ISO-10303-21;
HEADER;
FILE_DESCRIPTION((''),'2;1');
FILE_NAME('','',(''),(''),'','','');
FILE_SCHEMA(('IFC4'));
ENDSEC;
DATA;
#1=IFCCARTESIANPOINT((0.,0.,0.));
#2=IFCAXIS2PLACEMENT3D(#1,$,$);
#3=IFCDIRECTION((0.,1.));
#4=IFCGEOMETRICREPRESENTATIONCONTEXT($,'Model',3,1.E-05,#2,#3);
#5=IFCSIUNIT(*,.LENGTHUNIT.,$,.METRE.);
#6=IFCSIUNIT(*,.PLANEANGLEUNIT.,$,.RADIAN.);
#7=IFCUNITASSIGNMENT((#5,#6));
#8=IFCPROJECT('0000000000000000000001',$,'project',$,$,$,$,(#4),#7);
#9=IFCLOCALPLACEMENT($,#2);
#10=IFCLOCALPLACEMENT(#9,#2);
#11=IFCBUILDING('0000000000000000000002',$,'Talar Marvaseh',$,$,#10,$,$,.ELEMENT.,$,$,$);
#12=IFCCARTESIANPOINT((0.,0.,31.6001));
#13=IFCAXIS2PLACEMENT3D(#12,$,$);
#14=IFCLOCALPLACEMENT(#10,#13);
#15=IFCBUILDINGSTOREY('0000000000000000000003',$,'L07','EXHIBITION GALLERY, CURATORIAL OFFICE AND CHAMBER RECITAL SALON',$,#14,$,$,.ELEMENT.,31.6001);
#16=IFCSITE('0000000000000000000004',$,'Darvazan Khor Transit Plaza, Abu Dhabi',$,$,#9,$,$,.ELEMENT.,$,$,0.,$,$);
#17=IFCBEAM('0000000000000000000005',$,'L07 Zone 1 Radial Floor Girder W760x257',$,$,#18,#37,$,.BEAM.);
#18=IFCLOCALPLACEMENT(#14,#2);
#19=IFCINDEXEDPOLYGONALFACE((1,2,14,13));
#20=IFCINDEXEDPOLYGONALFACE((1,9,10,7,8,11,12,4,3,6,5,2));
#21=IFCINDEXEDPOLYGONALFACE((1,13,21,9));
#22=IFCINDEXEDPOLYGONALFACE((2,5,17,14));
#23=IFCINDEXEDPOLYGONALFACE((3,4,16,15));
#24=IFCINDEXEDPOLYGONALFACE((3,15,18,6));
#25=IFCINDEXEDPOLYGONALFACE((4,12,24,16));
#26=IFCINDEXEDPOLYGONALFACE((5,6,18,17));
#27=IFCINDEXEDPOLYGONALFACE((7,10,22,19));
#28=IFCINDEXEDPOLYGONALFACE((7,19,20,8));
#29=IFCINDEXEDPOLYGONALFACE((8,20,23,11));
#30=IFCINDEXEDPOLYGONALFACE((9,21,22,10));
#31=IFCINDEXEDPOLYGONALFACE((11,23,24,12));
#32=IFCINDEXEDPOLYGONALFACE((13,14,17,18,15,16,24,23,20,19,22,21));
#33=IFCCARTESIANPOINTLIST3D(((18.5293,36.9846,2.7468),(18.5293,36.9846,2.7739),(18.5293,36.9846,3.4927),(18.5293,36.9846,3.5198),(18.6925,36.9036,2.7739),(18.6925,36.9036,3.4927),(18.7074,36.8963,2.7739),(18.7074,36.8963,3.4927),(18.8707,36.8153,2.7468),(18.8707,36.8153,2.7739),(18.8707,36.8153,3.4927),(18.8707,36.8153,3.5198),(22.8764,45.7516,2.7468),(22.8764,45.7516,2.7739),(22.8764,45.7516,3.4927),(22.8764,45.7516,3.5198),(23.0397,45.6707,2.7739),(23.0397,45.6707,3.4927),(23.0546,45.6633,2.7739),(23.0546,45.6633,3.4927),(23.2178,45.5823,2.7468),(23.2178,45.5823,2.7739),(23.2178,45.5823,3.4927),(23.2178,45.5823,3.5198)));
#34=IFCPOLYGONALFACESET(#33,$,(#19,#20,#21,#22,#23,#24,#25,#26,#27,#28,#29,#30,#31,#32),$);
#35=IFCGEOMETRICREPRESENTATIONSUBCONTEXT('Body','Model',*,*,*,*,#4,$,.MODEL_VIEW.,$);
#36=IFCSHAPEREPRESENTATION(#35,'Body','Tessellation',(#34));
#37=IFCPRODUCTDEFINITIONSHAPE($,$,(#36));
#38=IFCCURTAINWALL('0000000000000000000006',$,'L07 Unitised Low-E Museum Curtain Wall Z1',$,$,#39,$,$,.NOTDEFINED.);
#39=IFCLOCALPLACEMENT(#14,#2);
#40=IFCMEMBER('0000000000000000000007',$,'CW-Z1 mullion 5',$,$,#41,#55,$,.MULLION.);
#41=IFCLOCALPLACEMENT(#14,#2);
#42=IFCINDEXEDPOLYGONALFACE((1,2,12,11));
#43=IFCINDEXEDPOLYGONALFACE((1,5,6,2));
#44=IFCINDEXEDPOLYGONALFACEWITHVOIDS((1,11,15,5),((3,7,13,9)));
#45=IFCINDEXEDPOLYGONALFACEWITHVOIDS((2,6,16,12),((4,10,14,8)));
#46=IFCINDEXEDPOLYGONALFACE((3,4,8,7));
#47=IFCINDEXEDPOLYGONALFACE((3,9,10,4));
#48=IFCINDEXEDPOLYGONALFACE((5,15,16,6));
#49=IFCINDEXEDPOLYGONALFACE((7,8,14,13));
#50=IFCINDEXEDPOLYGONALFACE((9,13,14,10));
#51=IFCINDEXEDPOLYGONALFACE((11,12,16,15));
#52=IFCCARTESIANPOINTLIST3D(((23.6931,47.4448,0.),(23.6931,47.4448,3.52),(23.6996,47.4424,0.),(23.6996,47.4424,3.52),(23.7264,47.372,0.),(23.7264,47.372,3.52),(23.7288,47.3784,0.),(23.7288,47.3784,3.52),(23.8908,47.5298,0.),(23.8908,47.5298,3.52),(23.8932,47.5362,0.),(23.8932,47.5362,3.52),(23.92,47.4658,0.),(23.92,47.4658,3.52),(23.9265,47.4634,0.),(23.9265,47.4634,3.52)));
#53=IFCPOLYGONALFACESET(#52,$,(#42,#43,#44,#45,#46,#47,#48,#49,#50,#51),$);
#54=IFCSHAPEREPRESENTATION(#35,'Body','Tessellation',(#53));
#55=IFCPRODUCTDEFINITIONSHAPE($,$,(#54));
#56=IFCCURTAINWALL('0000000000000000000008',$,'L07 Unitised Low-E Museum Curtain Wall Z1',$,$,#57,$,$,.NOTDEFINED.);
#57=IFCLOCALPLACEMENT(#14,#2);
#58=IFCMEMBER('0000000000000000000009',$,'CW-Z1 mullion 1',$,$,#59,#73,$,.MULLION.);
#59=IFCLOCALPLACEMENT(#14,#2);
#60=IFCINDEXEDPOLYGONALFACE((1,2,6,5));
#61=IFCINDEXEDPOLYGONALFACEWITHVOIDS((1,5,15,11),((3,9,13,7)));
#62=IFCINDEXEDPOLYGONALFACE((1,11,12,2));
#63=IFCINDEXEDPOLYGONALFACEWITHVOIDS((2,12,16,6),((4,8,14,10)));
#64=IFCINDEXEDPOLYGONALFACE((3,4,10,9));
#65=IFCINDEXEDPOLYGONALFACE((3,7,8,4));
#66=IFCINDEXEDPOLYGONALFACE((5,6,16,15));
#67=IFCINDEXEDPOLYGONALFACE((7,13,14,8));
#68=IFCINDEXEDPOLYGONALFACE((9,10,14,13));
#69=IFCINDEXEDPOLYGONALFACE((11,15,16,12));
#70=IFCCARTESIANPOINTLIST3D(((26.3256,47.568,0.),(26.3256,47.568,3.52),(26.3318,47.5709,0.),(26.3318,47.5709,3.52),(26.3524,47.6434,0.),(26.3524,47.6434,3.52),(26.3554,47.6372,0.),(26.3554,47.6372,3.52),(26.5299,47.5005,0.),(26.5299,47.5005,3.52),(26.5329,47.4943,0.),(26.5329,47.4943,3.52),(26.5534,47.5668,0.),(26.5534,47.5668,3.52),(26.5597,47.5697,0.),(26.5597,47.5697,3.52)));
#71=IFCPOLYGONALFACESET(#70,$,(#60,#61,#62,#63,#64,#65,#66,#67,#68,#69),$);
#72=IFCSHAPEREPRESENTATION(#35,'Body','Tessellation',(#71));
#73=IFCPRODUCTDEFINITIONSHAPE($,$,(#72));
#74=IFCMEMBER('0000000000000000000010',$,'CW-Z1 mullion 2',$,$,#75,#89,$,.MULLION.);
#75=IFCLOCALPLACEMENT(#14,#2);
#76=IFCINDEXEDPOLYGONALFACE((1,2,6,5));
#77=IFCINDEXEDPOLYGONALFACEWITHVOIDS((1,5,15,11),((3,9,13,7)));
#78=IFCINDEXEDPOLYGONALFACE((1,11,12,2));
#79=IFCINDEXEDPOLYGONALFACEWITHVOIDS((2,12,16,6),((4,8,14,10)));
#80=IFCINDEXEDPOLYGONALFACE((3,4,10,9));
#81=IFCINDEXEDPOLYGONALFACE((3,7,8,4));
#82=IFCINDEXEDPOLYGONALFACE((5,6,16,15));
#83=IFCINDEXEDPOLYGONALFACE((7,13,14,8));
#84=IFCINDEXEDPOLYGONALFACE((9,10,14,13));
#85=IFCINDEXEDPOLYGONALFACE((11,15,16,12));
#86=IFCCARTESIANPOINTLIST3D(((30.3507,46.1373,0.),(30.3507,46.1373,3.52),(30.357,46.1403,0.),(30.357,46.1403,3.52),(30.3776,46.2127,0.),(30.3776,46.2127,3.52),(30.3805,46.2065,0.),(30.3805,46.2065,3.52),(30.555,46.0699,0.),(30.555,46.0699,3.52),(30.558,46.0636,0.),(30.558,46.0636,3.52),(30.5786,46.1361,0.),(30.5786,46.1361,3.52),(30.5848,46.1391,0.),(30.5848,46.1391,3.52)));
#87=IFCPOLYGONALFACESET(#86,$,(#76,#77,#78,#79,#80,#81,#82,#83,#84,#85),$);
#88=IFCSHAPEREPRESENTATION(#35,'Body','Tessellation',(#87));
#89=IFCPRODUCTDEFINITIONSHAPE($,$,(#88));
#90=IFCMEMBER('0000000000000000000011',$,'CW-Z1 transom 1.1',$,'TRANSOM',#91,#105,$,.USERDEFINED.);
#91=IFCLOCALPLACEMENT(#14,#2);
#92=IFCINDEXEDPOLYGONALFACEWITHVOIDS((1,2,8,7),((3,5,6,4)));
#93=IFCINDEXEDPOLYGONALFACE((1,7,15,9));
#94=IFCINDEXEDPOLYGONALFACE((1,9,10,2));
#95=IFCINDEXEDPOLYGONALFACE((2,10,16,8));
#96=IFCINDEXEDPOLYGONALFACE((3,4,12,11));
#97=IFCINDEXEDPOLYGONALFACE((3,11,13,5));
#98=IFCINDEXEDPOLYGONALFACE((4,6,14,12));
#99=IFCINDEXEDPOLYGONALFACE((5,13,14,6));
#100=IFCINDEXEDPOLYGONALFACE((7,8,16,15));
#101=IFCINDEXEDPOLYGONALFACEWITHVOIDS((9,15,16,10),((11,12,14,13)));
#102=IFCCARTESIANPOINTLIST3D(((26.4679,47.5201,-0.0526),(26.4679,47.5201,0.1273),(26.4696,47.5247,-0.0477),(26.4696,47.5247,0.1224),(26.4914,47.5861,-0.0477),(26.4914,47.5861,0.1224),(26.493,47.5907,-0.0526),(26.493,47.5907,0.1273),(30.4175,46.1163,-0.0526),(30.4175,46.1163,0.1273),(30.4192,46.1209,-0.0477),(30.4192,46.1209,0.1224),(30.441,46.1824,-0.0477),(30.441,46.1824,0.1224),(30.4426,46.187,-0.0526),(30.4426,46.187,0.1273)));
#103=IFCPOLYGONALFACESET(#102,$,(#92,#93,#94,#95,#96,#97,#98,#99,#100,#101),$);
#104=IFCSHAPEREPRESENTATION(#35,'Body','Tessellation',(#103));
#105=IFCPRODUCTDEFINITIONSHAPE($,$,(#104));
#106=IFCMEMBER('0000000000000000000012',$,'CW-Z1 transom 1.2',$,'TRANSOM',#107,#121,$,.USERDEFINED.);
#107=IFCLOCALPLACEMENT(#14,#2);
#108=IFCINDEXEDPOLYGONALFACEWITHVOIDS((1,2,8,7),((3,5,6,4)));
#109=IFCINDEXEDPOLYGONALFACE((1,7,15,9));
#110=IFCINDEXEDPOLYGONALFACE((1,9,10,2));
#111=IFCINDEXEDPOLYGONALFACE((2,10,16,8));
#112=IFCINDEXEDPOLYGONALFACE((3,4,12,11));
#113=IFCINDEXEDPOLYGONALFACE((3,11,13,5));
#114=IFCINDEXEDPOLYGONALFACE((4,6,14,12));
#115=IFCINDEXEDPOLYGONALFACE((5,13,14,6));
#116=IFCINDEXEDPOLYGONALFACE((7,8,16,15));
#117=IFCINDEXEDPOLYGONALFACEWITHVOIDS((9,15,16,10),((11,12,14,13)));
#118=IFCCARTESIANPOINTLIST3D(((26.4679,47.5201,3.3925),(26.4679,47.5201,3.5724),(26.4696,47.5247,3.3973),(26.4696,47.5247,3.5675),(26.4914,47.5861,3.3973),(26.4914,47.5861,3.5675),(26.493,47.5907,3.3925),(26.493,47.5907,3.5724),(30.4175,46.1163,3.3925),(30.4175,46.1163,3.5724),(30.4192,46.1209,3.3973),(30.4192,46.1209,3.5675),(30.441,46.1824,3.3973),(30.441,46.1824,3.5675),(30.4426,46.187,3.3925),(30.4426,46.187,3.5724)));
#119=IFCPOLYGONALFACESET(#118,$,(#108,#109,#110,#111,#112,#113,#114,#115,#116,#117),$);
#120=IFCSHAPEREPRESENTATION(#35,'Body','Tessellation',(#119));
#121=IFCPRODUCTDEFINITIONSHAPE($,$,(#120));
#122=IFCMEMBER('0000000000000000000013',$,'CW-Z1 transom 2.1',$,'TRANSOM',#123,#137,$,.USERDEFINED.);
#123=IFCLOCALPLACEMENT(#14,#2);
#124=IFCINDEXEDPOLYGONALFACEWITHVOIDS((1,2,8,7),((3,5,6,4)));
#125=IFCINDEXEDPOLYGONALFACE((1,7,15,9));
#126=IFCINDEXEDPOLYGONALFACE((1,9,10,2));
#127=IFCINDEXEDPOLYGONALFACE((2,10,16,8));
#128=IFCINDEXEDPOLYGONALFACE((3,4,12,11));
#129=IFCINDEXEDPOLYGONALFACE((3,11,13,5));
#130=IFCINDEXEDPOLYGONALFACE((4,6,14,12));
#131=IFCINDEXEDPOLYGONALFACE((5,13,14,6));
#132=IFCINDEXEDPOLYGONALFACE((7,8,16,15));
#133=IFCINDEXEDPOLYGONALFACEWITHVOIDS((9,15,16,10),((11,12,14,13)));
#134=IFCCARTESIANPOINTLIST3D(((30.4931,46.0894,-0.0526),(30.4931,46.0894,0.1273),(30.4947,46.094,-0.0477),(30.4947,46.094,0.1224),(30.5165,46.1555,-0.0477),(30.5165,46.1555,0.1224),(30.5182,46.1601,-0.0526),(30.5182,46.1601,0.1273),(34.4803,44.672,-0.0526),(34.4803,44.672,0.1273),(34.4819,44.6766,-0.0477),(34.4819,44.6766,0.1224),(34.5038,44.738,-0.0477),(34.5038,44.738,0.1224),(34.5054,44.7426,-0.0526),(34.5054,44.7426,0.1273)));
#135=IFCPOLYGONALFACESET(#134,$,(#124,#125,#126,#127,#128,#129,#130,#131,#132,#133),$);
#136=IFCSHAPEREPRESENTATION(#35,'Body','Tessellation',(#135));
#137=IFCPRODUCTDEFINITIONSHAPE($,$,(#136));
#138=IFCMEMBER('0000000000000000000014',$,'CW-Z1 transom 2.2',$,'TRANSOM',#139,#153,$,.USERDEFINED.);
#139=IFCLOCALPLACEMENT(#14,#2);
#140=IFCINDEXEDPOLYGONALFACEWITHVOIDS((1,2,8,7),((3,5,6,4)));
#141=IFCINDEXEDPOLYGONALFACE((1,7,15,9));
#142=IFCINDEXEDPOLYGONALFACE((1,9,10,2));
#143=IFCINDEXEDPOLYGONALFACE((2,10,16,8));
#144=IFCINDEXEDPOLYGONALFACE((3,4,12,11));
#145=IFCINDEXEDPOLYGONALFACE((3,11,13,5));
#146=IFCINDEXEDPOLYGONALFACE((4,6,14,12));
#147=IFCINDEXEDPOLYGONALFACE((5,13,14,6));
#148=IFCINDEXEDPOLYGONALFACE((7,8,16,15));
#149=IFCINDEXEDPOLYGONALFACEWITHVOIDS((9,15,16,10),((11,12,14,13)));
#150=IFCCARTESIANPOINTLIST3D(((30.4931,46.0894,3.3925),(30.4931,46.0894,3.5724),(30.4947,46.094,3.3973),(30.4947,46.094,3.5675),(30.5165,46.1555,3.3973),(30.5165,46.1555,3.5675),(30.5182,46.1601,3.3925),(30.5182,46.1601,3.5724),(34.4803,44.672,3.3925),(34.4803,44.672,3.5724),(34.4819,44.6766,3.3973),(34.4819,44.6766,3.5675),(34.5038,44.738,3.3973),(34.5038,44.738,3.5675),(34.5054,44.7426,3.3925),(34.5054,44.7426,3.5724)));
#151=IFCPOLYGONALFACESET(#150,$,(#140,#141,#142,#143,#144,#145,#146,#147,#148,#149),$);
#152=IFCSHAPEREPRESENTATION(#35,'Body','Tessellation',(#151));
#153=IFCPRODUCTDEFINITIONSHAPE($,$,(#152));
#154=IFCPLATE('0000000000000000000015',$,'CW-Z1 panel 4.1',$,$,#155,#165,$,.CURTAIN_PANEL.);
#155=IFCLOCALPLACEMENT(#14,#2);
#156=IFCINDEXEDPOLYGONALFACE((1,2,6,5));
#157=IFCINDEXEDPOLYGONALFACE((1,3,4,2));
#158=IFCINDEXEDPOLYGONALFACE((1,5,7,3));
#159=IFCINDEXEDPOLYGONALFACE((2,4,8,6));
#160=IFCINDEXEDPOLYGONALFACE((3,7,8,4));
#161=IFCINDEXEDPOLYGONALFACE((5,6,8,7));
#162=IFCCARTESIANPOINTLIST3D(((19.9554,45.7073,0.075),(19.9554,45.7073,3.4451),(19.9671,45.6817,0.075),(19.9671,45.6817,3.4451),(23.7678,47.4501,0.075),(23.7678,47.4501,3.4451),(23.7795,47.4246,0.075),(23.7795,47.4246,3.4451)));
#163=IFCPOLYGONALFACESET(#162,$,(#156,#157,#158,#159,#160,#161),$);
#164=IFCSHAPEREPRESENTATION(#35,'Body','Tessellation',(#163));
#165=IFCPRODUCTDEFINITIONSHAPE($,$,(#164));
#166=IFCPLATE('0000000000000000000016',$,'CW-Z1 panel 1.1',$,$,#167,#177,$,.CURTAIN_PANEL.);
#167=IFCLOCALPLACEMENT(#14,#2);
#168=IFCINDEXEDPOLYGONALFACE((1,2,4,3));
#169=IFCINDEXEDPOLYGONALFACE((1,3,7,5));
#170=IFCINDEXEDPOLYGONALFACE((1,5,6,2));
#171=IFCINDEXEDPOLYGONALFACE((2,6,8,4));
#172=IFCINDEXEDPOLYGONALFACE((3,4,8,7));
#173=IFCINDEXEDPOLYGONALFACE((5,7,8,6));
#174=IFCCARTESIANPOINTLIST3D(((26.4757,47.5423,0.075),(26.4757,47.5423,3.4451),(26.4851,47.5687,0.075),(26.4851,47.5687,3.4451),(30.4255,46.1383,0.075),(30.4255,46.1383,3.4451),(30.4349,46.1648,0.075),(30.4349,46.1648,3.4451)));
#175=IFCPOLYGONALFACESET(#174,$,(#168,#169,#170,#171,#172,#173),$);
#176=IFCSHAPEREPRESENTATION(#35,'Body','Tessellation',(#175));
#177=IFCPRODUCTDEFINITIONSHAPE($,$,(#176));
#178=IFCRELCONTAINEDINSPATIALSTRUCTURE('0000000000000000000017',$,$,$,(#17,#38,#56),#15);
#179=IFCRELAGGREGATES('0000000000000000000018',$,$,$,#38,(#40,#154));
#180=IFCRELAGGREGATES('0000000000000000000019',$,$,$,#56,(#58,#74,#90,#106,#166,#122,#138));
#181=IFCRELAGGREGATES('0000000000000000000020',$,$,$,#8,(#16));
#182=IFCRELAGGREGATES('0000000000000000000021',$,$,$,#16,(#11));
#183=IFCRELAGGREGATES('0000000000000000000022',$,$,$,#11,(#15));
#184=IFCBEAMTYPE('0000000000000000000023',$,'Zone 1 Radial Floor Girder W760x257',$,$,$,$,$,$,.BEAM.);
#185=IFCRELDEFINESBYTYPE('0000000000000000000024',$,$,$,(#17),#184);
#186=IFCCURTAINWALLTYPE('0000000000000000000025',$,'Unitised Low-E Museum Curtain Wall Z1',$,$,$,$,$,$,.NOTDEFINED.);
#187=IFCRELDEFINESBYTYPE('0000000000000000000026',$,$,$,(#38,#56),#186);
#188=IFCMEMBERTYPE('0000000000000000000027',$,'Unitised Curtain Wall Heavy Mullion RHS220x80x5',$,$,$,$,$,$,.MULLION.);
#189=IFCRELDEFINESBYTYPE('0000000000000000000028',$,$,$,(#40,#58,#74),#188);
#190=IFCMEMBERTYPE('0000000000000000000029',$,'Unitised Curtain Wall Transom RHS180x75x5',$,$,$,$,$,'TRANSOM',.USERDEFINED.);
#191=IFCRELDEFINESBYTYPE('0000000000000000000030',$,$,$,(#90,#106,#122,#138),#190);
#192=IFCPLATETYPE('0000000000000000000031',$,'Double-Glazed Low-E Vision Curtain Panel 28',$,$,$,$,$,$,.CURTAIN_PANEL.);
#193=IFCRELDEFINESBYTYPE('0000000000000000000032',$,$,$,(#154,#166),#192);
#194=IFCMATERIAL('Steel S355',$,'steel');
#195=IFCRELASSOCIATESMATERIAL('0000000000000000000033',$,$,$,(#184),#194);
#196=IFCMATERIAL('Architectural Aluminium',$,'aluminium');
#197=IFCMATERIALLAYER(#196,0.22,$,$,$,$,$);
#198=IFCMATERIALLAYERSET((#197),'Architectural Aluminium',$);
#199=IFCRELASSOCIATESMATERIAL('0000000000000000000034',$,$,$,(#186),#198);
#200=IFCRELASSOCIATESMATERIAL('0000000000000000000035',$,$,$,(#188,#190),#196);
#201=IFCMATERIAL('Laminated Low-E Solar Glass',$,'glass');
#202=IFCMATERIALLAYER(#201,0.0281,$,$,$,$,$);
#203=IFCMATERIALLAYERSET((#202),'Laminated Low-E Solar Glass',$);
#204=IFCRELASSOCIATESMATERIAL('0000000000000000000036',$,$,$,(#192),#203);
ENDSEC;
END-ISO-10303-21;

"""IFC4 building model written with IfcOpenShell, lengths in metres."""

from ifc_helpers import new_model, si_unit, direction, frame, origin, origin_2d, place, context, subcontext, project, spatial, rectangle, hollow_rectangle, i_section, extrude, source, transform, mapped, material, layer, layer_set, material_profile, profile_set, type_object, type_shapes, element, aggregate, save


model = new_model("IFC4")

# Units and contexts
model_context = context("Model", 3, precision=1e-05, world=origin(), true_north=direction((0.0, 1.0)))
body_context = subcontext(model_context, "Body", "Model", "MODEL_VIEW")
ifc_project = project(units=[si_unit("LENGTHUNIT", "METRE"), si_unit("PLANEANGLEUNIT", "RADIAN")], contexts=[model_context])

# Site, building, storey
site_placement = place(None, origin())
site = spatial("IfcSite", under=ifc_project, at=site_placement, Name="Darvazan Khor Transit Plaza, Abu Dhabi", CompositionType="ELEMENT", RefElevation=0.0)
building_placement = place(site_placement, origin())
building = spatial("IfcBuilding", under=site, at=building_placement, Name="Talar Marvaseh", CompositionType="ELEMENT")
storey_placement = place(building_placement, frame((0.0, 0.0, 31.6001)))
storey = spatial("IfcBuildingStorey", under=building, at=storey_placement, Name="L07", Description="EXHIBITION GALLERY, CURATORIAL OFFICE AND CHAMBER RECITAL SALON", CompositionType="ELEMENT", Elevation=31.6001)

# Beam
ifc_material_1 = material(Name="Steel S355", Category="steel")
ifc_material_profile_1 = material_profile(ifc_material_1, i_section(OverallWidth=0.3811, OverallDepth=0.7729, WebThickness=0.0166, FlangeThickness=0.0271, at=origin_2d()), Name="W760x257")
ifc_profile_set_1 = profile_set([ifc_material_profile_1], Name="Steel S355")
beam_type = type_object("IfcBeamType", Name="Zone 1 Radial Floor Girder W760x257", PredefinedType="BEAM", material=ifc_profile_set_1)
beam_placement = place(storey_placement, frame((23.0471, 45.667, 3.1333), z_axis=(-0.444237, -0.895909, 0.0), x_axis=(0.895909, -0.444237, 0.0)))
element("IfcBeam", 1, at=beam_placement, inside=storey, type_object=beam_type, Name="L07 Zone 1 Radial Floor Girder W760x257", PredefinedType="BEAM", context=body_context, shape_type="SweptSolid", body=[
    extrude(i_section(OverallWidth=0.3811, OverallDepth=0.7729, WebThickness=0.0166, FlangeThickness=0.0271, at=origin_2d()), origin(), (0.0, 0.0, 1.0), 9.7856),
])

# Curtain wall, member
ifc_material_2 = material(Name="Architectural Aluminium", Category="aluminium")
ifc_layer_1 = layer(ifc_material_2, 0.22)
ifc_layer_set_1 = layer_set([ifc_layer_1], Name="Architectural Aluminium")
curtain_wall_type = type_object("IfcCurtainWallType", Name="Unitised Low-E Museum Curtain Wall Z1", PredefinedType="NOTDEFINED", material=ifc_layer_set_1)
curtain_wall_1_placement = place(storey_placement, origin())
curtain_wall_1 = element("IfcCurtainWall", 2, at=curtain_wall_1_placement, inside=storey, type_object=curtain_wall_type, Name="L07 Unitised Low-E Museum Curtain Wall Z1", PredefinedType="NOTDEFINED")
ifc_material_profile_2 = material_profile(ifc_material_2, hollow_rectangle(XDim=0.0801, YDim=0.22, WallThickness=0.0049, at=origin_2d()), Name="RHS220x80x5")
ifc_profile_set_2 = profile_set([ifc_material_profile_2], Name="Architectural Aluminium")
member_type_1 = type_object("IfcMemberType", Name="Unitised Curtain Wall Heavy Mullion RHS220x80x5", PredefinedType="MULLION", material=ifc_profile_set_2)
shared_shape_1 = source(origin(), body_context, "Body", "SweptSolid", [
    extrude(hollow_rectangle(XDim=0.0801, YDim=0.22, WallThickness=0.0049, at=origin_2d()), origin(), (0.0, 0.0, 1.0), 3.52),
])
type_shapes(member_type_1, [shared_shape_1])
member_1_placement = place(storey_placement, frame((23.8098, 47.4541, 0.0), z_axis=(0.0, 0.0, 1.0), x_axis=(-0.41577, 0.90947, 0.0)))
member_1 = element("IfcMember", 3, at=member_1_placement, type_object=member_type_1, Name="CW-Z1 mullion 5", PredefinedType="MULLION", context=body_context, shape_type="MappedRepresentation", body=[
    mapped(shared_shape_1, transform((0.0, 0.0, 0.0), x_axis=(1.0, 0.0, 0.0), y_axis=(0.0, 1.0, 0.0), z_axis=(0.0, 0.0, 1.0), scale=1.0)),
])

# Curtain wall, members
curtain_wall_2_placement = place(storey_placement, origin())
curtain_wall_2 = element("IfcCurtainWall", 4, at=curtain_wall_2_placement, inside=storey, type_object=curtain_wall_type, Name="L07 Unitised Low-E Museum Curtain Wall Z1", PredefinedType="NOTDEFINED")
member_2_placement = place(storey_placement, frame((26.4426, 47.5688, 0.0), z_axis=(0.0, 0.0, 1.0), x_axis=(0.334923, 0.942245, 0.0)))
member_2 = element("IfcMember", 5, at=member_2_placement, type_object=member_type_1, Name="CW-Z1 mullion 1", PredefinedType="MULLION", context=body_context, shape_type="MappedRepresentation", body=[
    mapped(shared_shape_1, transform((0.0, 0.0, 0.0), x_axis=(1.0, 0.0, 0.0), y_axis=(0.0, 1.0, 0.0), z_axis=(0.0, 0.0, 1.0), scale=1.0)),
])
member_3_placement = place(storey_placement, frame((30.4678, 46.1382, 0.0), z_axis=(0.0, 0.0, 1.0), x_axis=(0.334923, 0.942245, 0.0)))
member_3 = element("IfcMember", 6, at=member_3_placement, type_object=member_type_1, Name="CW-Z1 mullion 2", PredefinedType="MULLION", context=body_context, shape_type="MappedRepresentation", body=[
    mapped(shared_shape_1, transform((0.0, 0.0, 0.0), x_axis=(1.0, 0.0, 0.0), y_axis=(0.0, 1.0, 0.0), z_axis=(0.0, 0.0, 1.0), scale=1.0)),
])
ifc_material_profile_3 = material_profile(ifc_material_2, hollow_rectangle(XDim=0.075, YDim=0.1799, WallThickness=0.0049, at=origin_2d()), Name="RHS180x75x5")
ifc_profile_set_3 = profile_set([ifc_material_profile_3], Name="Architectural Aluminium")
member_type_2 = type_object("IfcMemberType", Name="Unitised Curtain Wall Transom RHS180x75x5", ElementType="TRANSOM", PredefinedType="USERDEFINED", material=ifc_profile_set_3)
shared_shape_2 = source(origin(), body_context, "Body", "SweptSolid", [
    extrude(hollow_rectangle(XDim=0.075, YDim=0.1799, WallThickness=0.0049, at=origin_2d()), origin(), (0.0, 0.0, 1.0), 4.1917),
])
member_4_placement = place(storey_placement, frame((26.4805, 47.5554, 0.0374), z_axis=(0.942255, -0.334897, 0.0), x_axis=(0.334897, 0.942255, 0.0)))
member_4 = element("IfcMember", 7, at=member_4_placement, type_object=member_type_2, Name="CW-Z1 transom 1.1", ObjectType="TRANSOM", PredefinedType="USERDEFINED", context=body_context, shape_type="MappedRepresentation", body=[
    mapped(shared_shape_2, transform((0.0, 0.0, 0.0), x_axis=(1.0, 0.0, 0.0), y_axis=(0.0, 1.0, 0.0), z_axis=(0.0, 0.0, 1.0), scale=1.0)),
])
member_5_placement = place(storey_placement, frame((26.4805, 47.5554, 3.4824), z_axis=(0.942255, -0.334897, 0.0), x_axis=(0.334897, 0.942255, 0.0)))
member_5 = element("IfcMember", 8, at=member_5_placement, type_object=member_type_2, Name="CW-Z1 transom 1.2", ObjectType="TRANSOM", PredefinedType="USERDEFINED", context=body_context, shape_type="MappedRepresentation", body=[
    mapped(shared_shape_2, transform((0.0, 0.0, 0.0), x_axis=(1.0, 0.0, 0.0), y_axis=(0.0, 1.0, 0.0), z_axis=(0.0, 0.0, 1.0), scale=1.0)),
])
shared_shape_3 = source(origin(), body_context, "Body", "SweptSolid", [
    extrude(hollow_rectangle(XDim=0.075, YDim=0.1799, WallThickness=0.0049, at=origin_2d()), origin(), (0.0, 0.0, 1.0), 4.2317),
])
type_shapes(member_type_2, [shared_shape_2, shared_shape_3])
member_6_placement = place(storey_placement, frame((30.5056, 46.1248, 0.0374), z_axis=(0.942232, -0.334962, 0.0), x_axis=(0.334962, 0.942232, 0.0)))
member_6 = element("IfcMember", 9, at=member_6_placement, type_object=member_type_2, Name="CW-Z1 transom 2.1", ObjectType="TRANSOM", PredefinedType="USERDEFINED", context=body_context, shape_type="MappedRepresentation", body=[
    mapped(shared_shape_3, transform((0.0, 0.0, 0.0), x_axis=(1.0, 0.0, 0.0), y_axis=(0.0, 1.0, 0.0), z_axis=(0.0, 0.0, 1.0), scale=1.0)),
])
member_7_placement = place(storey_placement, frame((30.5056, 46.1248, 3.4824), z_axis=(0.942232, -0.334962, 0.0), x_axis=(0.334962, 0.942232, 0.0)))
member_7 = element("IfcMember", 10, at=member_7_placement, type_object=member_type_2, Name="CW-Z1 transom 2.2", ObjectType="TRANSOM", PredefinedType="USERDEFINED", context=body_context, shape_type="MappedRepresentation", body=[
    mapped(shared_shape_3, transform((0.0, 0.0, 0.0), x_axis=(1.0, 0.0, 0.0), y_axis=(0.0, 1.0, 0.0), z_axis=(0.0, 0.0, 1.0), scale=1.0)),
])

# Plates
ifc_material_3 = material(Name="Laminated Low-E Solar Glass", Category="glass")
ifc_layer_2 = layer(ifc_material_3, 0.0281)
ifc_layer_set_2 = layer_set([ifc_layer_2], Name="Laminated Low-E Solar Glass")
plate_type = type_object("IfcPlateType", Name="Double-Glazed Low-E Vision Curtain Panel 28", PredefinedType="CURTAIN_PANEL", material=ifc_layer_set_2)
shared_shape_4 = source(origin(), body_context, "Body", "SweptSolid", [
    extrude(rectangle(XDim=4.1919, YDim=0.0281, at=origin_2d()), origin(), (0.0, 0.0, 1.0), 3.3701),
])
type_shapes(plate_type, [shared_shape_4])
plate_1_placement = place(storey_placement, frame((21.8674, 46.5659, 0.075), z_axis=(0.0, 0.0, 1.0), x_axis=(0.90947, 0.41577, 0.0)))
plate_1 = element("IfcPlate", 11, at=plate_1_placement, type_object=plate_type, Name="CW-Z1 panel 4.1", PredefinedType="CURTAIN_PANEL", context=body_context, shape_type="MappedRepresentation", body=[
    mapped(shared_shape_4, transform((0.0, 0.0, 0.0), x_axis=(1.0, 0.0, 0.0), y_axis=(0.0, 1.0, 0.0), z_axis=(0.0, 0.0, 1.0), scale=1.0)),
])
aggregate(curtain_wall_1, [member_1, plate_1])
plate_2_placement = place(storey_placement, frame((28.4553, 46.8535, 0.075), z_axis=(0.0, 0.0, 1.0), x_axis=(0.942245, -0.334923, 0.0)))
plate_2 = element("IfcPlate", 12, at=plate_2_placement, type_object=plate_type, Name="CW-Z1 panel 1.1", PredefinedType="CURTAIN_PANEL", context=body_context, shape_type="MappedRepresentation", body=[
    mapped(shared_shape_4, transform((0.0, 0.0, 0.0), x_axis=(1.0, 0.0, 0.0), y_axis=(0.0, 1.0, 0.0), z_axis=(0.0, 0.0, 1.0), scale=1.0)),
])
aggregate(curtain_wall_2, [member_2, member_3, member_4, member_5, plate_2, member_6, member_7])

save(model, "model.ifc")
